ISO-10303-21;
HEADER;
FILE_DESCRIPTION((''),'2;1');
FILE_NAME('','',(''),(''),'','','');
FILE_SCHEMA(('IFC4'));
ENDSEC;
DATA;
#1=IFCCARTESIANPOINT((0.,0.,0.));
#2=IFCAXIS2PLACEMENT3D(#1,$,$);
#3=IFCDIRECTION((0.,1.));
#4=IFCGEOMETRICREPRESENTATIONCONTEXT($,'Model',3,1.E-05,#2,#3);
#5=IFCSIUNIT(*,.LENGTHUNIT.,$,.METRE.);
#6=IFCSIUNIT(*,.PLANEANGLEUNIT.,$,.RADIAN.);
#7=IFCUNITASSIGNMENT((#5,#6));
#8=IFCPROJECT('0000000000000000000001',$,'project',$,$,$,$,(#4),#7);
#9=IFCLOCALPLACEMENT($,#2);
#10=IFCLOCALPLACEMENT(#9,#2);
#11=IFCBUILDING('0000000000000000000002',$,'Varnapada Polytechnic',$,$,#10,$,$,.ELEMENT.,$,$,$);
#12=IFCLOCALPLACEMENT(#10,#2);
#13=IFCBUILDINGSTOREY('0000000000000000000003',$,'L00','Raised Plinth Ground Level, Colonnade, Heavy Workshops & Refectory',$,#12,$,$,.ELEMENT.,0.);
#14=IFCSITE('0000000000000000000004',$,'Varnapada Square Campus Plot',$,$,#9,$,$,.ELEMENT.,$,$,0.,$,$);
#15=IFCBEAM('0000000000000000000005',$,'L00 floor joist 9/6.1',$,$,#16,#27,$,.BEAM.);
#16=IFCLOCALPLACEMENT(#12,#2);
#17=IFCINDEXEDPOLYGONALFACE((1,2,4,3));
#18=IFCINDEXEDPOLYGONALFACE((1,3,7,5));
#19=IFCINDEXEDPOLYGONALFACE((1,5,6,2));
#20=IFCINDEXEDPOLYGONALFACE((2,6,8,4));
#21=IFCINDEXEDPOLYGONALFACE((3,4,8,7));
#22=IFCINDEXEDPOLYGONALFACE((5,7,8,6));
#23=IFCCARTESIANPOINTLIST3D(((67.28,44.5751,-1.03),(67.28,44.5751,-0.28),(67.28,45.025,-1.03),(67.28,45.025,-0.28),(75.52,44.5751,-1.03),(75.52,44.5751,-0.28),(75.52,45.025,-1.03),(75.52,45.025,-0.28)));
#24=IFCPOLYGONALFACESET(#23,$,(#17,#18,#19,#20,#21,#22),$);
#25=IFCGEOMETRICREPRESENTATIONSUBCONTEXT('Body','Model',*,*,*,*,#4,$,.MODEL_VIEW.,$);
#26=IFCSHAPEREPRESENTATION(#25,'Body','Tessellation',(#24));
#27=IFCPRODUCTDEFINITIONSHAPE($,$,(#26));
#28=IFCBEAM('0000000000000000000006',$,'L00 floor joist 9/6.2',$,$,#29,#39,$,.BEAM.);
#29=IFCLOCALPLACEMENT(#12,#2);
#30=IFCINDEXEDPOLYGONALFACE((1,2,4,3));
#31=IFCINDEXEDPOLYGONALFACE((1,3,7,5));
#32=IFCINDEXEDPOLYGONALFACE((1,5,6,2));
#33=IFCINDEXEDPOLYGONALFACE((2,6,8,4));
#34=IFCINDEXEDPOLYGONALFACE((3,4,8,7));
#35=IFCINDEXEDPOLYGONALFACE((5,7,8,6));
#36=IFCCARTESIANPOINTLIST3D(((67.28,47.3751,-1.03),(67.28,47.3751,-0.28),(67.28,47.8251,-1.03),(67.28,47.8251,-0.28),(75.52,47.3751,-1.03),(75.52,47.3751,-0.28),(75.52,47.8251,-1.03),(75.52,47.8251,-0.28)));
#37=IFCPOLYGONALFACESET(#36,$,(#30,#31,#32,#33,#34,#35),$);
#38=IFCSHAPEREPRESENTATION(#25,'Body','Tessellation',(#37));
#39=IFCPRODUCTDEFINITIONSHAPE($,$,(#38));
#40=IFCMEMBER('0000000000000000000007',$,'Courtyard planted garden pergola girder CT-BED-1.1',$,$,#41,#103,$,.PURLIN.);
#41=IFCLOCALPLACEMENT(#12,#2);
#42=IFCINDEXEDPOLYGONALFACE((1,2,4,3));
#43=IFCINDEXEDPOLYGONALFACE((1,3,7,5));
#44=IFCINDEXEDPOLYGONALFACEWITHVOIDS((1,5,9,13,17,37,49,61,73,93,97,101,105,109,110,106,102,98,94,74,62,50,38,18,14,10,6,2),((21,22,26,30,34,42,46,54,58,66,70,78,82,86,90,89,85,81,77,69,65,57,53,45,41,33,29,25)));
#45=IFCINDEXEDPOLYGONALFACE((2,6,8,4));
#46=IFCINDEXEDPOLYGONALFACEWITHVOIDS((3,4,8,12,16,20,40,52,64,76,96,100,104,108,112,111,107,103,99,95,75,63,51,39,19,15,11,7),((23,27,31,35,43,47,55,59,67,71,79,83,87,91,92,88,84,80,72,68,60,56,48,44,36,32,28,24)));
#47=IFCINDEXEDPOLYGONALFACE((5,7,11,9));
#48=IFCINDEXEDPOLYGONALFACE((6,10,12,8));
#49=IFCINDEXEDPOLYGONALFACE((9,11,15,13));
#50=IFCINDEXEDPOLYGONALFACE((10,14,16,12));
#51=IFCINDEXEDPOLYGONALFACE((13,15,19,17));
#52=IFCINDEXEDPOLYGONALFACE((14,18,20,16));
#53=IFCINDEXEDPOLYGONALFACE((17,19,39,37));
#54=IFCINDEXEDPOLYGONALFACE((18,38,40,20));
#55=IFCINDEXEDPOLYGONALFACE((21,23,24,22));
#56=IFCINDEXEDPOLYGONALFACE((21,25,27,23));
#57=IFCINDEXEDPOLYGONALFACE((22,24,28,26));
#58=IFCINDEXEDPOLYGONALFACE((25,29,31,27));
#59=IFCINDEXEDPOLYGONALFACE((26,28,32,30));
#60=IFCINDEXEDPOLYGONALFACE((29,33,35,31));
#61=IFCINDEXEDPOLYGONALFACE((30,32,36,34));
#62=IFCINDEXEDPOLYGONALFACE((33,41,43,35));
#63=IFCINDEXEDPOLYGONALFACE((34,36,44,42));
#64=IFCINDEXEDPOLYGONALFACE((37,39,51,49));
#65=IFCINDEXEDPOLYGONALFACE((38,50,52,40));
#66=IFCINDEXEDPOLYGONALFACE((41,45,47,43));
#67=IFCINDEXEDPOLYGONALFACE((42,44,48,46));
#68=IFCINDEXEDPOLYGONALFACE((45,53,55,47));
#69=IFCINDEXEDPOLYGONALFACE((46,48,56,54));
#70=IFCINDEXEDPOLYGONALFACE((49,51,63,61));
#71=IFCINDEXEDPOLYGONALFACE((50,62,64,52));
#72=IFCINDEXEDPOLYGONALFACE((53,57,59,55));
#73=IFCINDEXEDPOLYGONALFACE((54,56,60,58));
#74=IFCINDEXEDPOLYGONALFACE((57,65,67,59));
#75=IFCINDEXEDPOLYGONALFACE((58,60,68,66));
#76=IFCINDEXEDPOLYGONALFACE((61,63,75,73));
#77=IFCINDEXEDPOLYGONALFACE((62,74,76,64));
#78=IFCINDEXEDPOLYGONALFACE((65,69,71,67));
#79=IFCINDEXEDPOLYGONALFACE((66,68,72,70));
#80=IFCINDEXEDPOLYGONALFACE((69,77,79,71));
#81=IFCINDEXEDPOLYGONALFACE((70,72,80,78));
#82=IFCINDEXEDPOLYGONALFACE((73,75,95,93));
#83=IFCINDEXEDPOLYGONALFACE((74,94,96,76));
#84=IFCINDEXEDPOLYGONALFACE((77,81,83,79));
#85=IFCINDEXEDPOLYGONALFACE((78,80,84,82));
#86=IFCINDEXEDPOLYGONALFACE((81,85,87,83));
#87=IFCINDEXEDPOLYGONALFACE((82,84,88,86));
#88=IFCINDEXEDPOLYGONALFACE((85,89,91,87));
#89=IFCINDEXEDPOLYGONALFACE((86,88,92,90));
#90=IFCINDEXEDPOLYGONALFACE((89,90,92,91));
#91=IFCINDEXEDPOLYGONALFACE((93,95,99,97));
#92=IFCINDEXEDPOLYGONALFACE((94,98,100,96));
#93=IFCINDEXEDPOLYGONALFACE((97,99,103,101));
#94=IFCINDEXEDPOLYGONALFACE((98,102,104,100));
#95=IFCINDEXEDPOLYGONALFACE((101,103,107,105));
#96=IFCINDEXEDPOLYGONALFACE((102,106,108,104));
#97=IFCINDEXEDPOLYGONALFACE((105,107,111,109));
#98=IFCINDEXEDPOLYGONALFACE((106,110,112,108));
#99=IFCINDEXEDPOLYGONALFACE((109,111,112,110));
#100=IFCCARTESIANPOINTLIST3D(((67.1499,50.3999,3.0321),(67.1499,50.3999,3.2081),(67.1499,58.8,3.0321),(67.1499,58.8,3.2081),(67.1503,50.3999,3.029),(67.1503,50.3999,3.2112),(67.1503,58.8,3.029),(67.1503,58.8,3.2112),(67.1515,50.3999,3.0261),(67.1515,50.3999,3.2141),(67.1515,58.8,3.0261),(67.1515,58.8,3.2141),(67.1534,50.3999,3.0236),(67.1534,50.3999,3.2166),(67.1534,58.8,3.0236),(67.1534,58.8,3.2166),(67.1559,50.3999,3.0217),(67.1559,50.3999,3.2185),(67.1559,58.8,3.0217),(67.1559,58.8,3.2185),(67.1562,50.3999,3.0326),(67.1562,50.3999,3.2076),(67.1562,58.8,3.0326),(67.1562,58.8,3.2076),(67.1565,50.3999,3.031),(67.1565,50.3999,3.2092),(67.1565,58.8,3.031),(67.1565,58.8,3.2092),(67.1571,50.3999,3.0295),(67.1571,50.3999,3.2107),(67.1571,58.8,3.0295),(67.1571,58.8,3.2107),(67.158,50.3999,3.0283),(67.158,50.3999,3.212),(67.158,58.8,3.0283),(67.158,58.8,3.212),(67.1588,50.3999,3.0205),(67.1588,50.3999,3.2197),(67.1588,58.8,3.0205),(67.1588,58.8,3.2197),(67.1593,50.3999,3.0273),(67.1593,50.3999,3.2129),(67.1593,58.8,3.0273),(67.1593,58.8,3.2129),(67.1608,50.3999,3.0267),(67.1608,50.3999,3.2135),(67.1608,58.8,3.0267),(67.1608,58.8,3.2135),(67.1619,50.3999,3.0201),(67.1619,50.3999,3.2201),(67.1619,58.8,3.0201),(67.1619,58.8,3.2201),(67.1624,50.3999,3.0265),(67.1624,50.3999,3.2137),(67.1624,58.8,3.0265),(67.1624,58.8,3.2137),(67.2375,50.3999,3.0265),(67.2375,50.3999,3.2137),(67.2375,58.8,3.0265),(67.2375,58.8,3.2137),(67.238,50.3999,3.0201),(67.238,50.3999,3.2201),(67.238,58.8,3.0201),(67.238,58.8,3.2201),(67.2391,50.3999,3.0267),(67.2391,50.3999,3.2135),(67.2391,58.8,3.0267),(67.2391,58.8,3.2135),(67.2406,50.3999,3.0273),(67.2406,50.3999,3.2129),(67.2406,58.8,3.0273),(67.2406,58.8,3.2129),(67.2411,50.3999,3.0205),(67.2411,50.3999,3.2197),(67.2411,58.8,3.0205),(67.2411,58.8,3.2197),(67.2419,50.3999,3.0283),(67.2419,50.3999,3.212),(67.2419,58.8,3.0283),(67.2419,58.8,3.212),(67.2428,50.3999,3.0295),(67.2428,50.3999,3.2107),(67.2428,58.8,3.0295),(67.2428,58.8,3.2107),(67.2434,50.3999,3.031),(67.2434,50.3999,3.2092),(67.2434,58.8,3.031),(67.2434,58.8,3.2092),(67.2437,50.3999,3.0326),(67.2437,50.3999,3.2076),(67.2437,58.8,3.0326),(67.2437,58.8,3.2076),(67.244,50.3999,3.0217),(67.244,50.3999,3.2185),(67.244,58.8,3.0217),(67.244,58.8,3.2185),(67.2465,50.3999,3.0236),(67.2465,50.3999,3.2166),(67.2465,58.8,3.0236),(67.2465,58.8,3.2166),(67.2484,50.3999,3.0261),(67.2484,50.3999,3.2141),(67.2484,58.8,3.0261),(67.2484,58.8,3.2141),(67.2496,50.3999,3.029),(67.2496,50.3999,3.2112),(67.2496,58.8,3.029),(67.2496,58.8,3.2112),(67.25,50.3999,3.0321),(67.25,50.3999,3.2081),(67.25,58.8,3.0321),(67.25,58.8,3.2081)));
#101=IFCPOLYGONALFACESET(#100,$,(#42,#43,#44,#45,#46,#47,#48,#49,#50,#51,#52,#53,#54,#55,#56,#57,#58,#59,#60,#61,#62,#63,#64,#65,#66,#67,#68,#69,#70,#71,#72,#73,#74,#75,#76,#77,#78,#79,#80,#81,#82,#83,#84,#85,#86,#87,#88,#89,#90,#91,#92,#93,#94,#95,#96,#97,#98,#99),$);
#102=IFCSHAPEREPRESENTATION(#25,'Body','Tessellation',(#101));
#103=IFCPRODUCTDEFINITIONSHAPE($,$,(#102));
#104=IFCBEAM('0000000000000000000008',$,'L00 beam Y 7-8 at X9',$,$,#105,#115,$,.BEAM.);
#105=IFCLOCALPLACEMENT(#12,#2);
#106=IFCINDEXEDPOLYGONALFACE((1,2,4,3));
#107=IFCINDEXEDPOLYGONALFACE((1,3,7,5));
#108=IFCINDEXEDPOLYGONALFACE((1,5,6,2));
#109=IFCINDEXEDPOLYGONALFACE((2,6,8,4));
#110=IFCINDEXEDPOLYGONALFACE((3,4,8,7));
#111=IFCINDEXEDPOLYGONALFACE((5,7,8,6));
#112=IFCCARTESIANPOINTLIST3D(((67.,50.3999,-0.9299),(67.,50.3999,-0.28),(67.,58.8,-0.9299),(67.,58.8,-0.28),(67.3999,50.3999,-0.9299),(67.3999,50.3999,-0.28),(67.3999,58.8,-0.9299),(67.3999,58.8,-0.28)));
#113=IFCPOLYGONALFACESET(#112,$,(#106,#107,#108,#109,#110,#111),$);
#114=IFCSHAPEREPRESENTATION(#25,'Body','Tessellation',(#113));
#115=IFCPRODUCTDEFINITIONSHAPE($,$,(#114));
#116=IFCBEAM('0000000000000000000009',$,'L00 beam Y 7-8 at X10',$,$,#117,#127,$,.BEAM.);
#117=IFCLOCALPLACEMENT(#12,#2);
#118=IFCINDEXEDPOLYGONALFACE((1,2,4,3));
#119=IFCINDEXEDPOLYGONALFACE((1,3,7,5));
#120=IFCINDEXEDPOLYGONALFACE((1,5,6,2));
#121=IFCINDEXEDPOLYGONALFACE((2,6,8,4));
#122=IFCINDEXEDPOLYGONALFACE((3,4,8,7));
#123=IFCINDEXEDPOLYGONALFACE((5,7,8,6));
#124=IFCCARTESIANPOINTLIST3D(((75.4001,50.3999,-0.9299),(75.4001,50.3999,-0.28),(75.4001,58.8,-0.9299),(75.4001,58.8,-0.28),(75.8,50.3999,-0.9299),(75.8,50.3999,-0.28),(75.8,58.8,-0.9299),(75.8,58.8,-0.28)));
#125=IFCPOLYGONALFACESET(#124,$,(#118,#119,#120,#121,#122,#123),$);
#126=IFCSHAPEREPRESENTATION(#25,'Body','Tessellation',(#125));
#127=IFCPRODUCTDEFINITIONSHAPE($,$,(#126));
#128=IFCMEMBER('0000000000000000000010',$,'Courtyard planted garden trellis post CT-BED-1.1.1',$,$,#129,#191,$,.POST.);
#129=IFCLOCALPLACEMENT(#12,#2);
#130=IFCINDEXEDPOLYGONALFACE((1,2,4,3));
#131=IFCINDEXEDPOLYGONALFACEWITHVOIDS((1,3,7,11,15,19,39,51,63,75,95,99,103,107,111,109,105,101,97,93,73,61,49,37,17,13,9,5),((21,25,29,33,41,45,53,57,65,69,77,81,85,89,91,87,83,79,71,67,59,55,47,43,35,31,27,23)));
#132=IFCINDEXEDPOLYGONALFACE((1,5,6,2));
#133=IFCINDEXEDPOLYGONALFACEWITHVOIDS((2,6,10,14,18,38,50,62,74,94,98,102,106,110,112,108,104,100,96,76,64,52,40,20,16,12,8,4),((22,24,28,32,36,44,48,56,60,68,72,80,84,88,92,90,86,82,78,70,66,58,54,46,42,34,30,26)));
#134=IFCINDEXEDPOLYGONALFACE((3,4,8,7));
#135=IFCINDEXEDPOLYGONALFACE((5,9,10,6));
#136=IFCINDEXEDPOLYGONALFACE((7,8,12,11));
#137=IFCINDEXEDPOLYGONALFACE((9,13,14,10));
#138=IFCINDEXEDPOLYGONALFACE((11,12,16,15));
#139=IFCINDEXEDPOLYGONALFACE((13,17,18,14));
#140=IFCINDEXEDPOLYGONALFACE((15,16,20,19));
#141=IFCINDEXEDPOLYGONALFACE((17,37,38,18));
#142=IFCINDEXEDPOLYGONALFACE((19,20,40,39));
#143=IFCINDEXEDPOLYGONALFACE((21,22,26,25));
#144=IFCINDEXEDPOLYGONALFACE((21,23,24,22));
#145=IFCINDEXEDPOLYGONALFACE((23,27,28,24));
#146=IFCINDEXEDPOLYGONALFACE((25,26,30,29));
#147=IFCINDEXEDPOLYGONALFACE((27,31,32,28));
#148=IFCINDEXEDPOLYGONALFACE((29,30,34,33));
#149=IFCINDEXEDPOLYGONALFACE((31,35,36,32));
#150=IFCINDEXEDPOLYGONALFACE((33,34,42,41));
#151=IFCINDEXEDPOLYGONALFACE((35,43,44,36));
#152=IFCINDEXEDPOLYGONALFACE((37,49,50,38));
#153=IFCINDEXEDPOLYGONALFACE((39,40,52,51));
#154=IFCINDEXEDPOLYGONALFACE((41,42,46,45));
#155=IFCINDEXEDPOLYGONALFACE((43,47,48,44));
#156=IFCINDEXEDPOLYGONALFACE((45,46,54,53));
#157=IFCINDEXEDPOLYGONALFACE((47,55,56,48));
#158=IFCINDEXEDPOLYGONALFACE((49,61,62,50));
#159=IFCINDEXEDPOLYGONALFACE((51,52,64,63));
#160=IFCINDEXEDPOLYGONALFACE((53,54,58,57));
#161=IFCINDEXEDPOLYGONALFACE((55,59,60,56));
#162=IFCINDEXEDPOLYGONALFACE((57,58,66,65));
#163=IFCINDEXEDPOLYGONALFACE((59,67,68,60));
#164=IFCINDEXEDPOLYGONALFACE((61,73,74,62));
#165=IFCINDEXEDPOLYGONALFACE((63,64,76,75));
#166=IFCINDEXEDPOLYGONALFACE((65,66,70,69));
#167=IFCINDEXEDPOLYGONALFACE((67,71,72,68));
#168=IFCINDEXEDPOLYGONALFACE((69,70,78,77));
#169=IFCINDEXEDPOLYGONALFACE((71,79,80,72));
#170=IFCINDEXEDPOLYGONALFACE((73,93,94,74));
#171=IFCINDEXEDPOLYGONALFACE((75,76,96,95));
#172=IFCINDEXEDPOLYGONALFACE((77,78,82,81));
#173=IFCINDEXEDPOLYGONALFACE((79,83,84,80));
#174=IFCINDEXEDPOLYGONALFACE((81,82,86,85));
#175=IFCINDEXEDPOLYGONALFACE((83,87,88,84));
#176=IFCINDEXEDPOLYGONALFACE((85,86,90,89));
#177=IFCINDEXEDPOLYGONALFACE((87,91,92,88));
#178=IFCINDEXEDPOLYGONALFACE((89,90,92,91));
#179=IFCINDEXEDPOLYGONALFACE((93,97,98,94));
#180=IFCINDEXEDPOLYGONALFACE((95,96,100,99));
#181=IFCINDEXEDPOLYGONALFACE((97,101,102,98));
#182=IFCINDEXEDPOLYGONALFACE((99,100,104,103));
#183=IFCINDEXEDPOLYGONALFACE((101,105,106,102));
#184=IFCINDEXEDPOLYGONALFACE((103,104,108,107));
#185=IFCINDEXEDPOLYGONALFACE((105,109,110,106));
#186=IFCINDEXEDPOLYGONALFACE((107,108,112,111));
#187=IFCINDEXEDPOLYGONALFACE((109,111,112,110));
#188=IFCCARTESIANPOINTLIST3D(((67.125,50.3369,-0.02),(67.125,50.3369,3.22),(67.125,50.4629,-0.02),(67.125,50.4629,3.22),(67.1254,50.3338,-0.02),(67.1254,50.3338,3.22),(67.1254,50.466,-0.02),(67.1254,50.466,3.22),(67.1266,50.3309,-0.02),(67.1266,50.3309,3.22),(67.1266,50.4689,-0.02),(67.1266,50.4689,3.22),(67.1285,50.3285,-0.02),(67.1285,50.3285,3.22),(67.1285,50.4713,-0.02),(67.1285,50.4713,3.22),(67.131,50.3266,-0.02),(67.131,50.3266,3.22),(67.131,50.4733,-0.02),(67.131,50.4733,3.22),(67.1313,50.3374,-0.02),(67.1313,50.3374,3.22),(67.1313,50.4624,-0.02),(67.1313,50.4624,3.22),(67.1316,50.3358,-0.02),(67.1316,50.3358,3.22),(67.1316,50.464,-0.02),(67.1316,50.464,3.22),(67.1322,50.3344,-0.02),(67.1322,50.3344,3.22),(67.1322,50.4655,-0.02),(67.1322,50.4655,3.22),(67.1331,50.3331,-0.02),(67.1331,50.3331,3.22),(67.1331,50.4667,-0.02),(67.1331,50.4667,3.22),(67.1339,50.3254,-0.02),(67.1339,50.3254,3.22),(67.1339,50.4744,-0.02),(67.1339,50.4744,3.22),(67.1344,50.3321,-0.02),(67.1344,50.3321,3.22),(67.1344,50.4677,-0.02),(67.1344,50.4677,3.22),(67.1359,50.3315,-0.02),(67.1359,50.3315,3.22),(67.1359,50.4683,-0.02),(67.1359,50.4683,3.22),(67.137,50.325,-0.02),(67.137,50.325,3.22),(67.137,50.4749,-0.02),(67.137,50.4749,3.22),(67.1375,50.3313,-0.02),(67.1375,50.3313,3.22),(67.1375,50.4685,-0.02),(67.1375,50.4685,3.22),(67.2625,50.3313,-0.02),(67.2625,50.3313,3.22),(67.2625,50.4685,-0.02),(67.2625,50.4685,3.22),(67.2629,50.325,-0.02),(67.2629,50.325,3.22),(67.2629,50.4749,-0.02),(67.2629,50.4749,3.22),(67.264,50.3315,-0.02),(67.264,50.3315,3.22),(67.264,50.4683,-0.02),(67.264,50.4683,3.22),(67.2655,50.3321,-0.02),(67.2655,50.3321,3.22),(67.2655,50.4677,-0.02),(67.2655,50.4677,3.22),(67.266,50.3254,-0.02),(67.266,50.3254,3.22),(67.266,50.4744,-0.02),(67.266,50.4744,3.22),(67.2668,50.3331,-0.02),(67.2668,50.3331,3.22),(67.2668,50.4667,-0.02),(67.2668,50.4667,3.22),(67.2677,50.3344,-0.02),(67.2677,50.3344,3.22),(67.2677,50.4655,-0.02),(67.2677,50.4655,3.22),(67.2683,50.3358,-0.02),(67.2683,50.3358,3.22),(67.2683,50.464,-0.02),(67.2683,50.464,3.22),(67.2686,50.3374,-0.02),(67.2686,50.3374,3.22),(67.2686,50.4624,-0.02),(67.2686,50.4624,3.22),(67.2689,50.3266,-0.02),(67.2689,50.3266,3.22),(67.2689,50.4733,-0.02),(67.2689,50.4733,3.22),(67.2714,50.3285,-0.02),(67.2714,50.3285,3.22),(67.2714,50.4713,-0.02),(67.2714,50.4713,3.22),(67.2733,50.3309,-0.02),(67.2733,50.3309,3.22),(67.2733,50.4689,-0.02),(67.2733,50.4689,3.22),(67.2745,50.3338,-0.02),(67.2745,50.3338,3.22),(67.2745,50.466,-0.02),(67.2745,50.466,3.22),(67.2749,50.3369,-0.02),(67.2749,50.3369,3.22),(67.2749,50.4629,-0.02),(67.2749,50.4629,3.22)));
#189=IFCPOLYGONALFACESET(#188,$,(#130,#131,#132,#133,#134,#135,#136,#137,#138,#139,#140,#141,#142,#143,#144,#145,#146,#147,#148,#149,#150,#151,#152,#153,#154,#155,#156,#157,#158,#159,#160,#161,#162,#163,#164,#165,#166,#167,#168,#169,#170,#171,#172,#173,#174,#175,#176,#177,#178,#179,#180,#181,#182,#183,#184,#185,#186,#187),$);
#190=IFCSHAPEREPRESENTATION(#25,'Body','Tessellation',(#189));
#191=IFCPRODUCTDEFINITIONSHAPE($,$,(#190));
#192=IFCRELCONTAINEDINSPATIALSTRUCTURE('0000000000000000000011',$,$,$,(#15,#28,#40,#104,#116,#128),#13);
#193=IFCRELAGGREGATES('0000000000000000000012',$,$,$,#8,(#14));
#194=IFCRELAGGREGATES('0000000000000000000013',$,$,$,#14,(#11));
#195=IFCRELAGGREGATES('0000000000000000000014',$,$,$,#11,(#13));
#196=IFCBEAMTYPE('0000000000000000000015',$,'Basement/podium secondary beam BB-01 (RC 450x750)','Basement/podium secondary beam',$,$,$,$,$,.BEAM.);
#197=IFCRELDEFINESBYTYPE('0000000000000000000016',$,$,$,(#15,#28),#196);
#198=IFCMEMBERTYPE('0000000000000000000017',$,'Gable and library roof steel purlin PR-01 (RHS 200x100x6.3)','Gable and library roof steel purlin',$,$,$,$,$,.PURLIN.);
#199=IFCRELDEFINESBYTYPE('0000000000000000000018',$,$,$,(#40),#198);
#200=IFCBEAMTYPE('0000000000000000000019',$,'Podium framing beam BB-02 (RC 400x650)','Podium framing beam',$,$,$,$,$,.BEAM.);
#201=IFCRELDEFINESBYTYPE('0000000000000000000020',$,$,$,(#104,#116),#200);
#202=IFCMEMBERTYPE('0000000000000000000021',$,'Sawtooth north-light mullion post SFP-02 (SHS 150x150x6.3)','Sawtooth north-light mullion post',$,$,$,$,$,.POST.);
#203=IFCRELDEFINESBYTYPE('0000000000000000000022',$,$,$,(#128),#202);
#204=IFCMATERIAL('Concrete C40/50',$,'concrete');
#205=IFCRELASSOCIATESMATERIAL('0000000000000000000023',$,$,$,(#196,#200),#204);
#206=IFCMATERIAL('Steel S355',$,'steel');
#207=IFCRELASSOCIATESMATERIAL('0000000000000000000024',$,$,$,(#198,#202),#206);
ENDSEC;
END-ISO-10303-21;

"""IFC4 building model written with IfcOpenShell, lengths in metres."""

from ifc_helpers import new_model, si_unit, direction, frame, origin, origin_2d, place, context, subcontext, project, spatial, rectangle, hollow_rectangle, extrude, material, material_profile, profile_set, type_object, element, save


model = new_model("IFC4")

# Units and contexts
model_context = context("Model", 3, precision=1e-05, world=origin(), true_north=direction((0.0, 1.0)))
body_context = subcontext(model_context, "Body", "Model", "MODEL_VIEW")
ifc_project = project(units=[si_unit("LENGTHUNIT", "METRE"), si_unit("PLANEANGLEUNIT", "RADIAN")], contexts=[model_context])

# Site, building, storey
site_placement = place(None, origin())
site = spatial("IfcSite", under=ifc_project, at=site_placement, Name="Varnapada Square Campus Plot", CompositionType="ELEMENT", RefElevation=0.0)
building_placement = place(site_placement, origin())
building = spatial("IfcBuilding", under=site, at=building_placement, Name="Varnapada Polytechnic", CompositionType="ELEMENT")
storey_placement = place(building_placement, origin())
storey = spatial("IfcBuildingStorey", under=building, at=storey_placement, Name="L00", Description="Raised Plinth Ground Level, Colonnade, Heavy Workshops & Refectory", CompositionType="ELEMENT", Elevation=0.0)

# Beams
ifc_material_1 = material(Name="Concrete C40/50", Category="concrete")
ifc_material_profile_1 = material_profile(ifc_material_1, rectangle(XDim=0.45, YDim=0.75, at=origin_2d()), Name="RC 450x750")
ifc_profile_set_1 = profile_set([ifc_material_profile_1], Name="Concrete C40/50")
beam_type_1 = type_object("IfcBeamType", Name="Basement/podium secondary beam BB-01 (RC 450x750)", Description="Basement/podium secondary beam", PredefinedType="BEAM", material=ifc_profile_set_1)
for number, where, z_axis, x_axis, name in (
    (1, (67.28, 44.8, -0.655), (1.0, 0.0, 0.0), (0.0, 1.0, 0.0), "L00 floor joist 9/6.1"),
    (2, (67.28, 47.6001, -0.655), (1.0, 0.0, 0.0), (0.0, 1.0, 0.0), "L00 floor joist 9/6.2"),
):
    element("IfcBeam", number, at=place(storey_placement, frame(where, z_axis=z_axis, x_axis=x_axis)), inside=storey, type_object=beam_type_1, Name=name, PredefinedType="BEAM", context=body_context, shape_type="SweptSolid", body=[
        extrude(rectangle(XDim=0.45, YDim=0.75, at=origin_2d()), origin(), (0.0, 0.0, 1.0), 8.24),
    ])

# Member
ifc_material_2 = material(Name="Steel S355", Category="steel")
ifc_material_profile_2 = material_profile(ifc_material_2, hollow_rectangle(XDim=0.1001, YDim=0.2, WallThickness=0.0063, InnerFilletRadius=0.0061, OuterFilletRadius=0.012, at=origin_2d()), Name="RHS 200x100x6.3")
ifc_profile_set_2 = profile_set([ifc_material_profile_2], Name="Steel S355")
member_type_1 = type_object("IfcMemberType", Name="Gable and library roof steel purlin PR-01 (RHS 200x100x6.3)", Description="Gable and library roof steel purlin", PredefinedType="PURLIN", material=ifc_profile_set_2)
member_1_placement = place(storey_placement, frame((67.2, 50.3999, 3.1201), z_axis=(0.0, 1.0, 0.0), x_axis=(-1.0, 0.0, 0.0)))
element("IfcMember", 3, at=member_1_placement, inside=storey, type_object=member_type_1, Name="Courtyard planted garden pergola girder CT-BED-1.1", PredefinedType="PURLIN", context=body_context, shape_type="SweptSolid", body=[
    extrude(hollow_rectangle(XDim=0.1001, YDim=0.2, WallThickness=0.0063, InnerFilletRadius=0.0061, OuterFilletRadius=0.012, at=origin_2d()), origin(), (0.0, 0.0, 1.0), 8.4001),
])

# Beams
ifc_material_profile_3 = material_profile(ifc_material_1, rectangle(XDim=0.3999, YDim=0.6499, at=origin_2d()), Name="RC 400x650")
ifc_profile_set_3 = profile_set([ifc_material_profile_3], Name="Concrete C40/50")
beam_type_2 = type_object("IfcBeamType", Name="Podium framing beam BB-02 (RC 400x650)", Description="Podium framing beam", PredefinedType="BEAM", material=ifc_profile_set_3)
for number, where, z_axis, x_axis, name in (
    (4, (67.2, 50.3999, -0.605), (0.0, 1.0, 0.0), (-1.0, 0.0, 0.0), "L00 beam Y 7-8 at X9"),
    (5, (75.6001, 50.3999, -0.605), (0.0, 1.0, 0.0), (-1.0, 0.0, 0.0), "L00 beam Y 7-8 at X10"),
):
    element("IfcBeam", number, at=place(storey_placement, frame(where, z_axis=z_axis, x_axis=x_axis)), inside=storey, type_object=beam_type_2, Name=name, PredefinedType="BEAM", context=body_context, shape_type="SweptSolid", body=[
        extrude(rectangle(XDim=0.3999, YDim=0.6499, at=origin_2d()), origin(), (0.0, 0.0, 1.0), 8.4001),
    ])

# Member
ifc_material_profile_4 = material_profile(ifc_material_2, hollow_rectangle(XDim=0.1499, YDim=0.1499, WallThickness=0.0063, InnerFilletRadius=0.0061, OuterFilletRadius=0.012, at=origin_2d()), Name="SHS 150x150x6.3")
ifc_profile_set_4 = profile_set([ifc_material_profile_4], Name="Steel S355")
member_type_2 = type_object("IfcMemberType", Name="Sawtooth north-light mullion post SFP-02 (SHS 150x150x6.3)", Description="Sawtooth north-light mullion post", PredefinedType="POST", material=ifc_profile_set_4)
member_2_placement = place(storey_placement, frame((67.2, 50.3999, -0.02), z_axis=(0.0, 0.0, 1.0), x_axis=(1.0, 0.0, 0.0)))
element("IfcMember", 6, at=member_2_placement, inside=storey, type_object=member_type_2, Name="Courtyard planted garden trellis post CT-BED-1.1.1", PredefinedType="POST", context=body_context, shape_type="SweptSolid", body=[
    extrude(hollow_rectangle(XDim=0.1499, YDim=0.1499, WallThickness=0.0063, InnerFilletRadius=0.0061, OuterFilletRadius=0.012, at=origin_2d()), origin(), (0.0, 0.0, 1.0), 3.24),
])

save(model, "model.ifc")
